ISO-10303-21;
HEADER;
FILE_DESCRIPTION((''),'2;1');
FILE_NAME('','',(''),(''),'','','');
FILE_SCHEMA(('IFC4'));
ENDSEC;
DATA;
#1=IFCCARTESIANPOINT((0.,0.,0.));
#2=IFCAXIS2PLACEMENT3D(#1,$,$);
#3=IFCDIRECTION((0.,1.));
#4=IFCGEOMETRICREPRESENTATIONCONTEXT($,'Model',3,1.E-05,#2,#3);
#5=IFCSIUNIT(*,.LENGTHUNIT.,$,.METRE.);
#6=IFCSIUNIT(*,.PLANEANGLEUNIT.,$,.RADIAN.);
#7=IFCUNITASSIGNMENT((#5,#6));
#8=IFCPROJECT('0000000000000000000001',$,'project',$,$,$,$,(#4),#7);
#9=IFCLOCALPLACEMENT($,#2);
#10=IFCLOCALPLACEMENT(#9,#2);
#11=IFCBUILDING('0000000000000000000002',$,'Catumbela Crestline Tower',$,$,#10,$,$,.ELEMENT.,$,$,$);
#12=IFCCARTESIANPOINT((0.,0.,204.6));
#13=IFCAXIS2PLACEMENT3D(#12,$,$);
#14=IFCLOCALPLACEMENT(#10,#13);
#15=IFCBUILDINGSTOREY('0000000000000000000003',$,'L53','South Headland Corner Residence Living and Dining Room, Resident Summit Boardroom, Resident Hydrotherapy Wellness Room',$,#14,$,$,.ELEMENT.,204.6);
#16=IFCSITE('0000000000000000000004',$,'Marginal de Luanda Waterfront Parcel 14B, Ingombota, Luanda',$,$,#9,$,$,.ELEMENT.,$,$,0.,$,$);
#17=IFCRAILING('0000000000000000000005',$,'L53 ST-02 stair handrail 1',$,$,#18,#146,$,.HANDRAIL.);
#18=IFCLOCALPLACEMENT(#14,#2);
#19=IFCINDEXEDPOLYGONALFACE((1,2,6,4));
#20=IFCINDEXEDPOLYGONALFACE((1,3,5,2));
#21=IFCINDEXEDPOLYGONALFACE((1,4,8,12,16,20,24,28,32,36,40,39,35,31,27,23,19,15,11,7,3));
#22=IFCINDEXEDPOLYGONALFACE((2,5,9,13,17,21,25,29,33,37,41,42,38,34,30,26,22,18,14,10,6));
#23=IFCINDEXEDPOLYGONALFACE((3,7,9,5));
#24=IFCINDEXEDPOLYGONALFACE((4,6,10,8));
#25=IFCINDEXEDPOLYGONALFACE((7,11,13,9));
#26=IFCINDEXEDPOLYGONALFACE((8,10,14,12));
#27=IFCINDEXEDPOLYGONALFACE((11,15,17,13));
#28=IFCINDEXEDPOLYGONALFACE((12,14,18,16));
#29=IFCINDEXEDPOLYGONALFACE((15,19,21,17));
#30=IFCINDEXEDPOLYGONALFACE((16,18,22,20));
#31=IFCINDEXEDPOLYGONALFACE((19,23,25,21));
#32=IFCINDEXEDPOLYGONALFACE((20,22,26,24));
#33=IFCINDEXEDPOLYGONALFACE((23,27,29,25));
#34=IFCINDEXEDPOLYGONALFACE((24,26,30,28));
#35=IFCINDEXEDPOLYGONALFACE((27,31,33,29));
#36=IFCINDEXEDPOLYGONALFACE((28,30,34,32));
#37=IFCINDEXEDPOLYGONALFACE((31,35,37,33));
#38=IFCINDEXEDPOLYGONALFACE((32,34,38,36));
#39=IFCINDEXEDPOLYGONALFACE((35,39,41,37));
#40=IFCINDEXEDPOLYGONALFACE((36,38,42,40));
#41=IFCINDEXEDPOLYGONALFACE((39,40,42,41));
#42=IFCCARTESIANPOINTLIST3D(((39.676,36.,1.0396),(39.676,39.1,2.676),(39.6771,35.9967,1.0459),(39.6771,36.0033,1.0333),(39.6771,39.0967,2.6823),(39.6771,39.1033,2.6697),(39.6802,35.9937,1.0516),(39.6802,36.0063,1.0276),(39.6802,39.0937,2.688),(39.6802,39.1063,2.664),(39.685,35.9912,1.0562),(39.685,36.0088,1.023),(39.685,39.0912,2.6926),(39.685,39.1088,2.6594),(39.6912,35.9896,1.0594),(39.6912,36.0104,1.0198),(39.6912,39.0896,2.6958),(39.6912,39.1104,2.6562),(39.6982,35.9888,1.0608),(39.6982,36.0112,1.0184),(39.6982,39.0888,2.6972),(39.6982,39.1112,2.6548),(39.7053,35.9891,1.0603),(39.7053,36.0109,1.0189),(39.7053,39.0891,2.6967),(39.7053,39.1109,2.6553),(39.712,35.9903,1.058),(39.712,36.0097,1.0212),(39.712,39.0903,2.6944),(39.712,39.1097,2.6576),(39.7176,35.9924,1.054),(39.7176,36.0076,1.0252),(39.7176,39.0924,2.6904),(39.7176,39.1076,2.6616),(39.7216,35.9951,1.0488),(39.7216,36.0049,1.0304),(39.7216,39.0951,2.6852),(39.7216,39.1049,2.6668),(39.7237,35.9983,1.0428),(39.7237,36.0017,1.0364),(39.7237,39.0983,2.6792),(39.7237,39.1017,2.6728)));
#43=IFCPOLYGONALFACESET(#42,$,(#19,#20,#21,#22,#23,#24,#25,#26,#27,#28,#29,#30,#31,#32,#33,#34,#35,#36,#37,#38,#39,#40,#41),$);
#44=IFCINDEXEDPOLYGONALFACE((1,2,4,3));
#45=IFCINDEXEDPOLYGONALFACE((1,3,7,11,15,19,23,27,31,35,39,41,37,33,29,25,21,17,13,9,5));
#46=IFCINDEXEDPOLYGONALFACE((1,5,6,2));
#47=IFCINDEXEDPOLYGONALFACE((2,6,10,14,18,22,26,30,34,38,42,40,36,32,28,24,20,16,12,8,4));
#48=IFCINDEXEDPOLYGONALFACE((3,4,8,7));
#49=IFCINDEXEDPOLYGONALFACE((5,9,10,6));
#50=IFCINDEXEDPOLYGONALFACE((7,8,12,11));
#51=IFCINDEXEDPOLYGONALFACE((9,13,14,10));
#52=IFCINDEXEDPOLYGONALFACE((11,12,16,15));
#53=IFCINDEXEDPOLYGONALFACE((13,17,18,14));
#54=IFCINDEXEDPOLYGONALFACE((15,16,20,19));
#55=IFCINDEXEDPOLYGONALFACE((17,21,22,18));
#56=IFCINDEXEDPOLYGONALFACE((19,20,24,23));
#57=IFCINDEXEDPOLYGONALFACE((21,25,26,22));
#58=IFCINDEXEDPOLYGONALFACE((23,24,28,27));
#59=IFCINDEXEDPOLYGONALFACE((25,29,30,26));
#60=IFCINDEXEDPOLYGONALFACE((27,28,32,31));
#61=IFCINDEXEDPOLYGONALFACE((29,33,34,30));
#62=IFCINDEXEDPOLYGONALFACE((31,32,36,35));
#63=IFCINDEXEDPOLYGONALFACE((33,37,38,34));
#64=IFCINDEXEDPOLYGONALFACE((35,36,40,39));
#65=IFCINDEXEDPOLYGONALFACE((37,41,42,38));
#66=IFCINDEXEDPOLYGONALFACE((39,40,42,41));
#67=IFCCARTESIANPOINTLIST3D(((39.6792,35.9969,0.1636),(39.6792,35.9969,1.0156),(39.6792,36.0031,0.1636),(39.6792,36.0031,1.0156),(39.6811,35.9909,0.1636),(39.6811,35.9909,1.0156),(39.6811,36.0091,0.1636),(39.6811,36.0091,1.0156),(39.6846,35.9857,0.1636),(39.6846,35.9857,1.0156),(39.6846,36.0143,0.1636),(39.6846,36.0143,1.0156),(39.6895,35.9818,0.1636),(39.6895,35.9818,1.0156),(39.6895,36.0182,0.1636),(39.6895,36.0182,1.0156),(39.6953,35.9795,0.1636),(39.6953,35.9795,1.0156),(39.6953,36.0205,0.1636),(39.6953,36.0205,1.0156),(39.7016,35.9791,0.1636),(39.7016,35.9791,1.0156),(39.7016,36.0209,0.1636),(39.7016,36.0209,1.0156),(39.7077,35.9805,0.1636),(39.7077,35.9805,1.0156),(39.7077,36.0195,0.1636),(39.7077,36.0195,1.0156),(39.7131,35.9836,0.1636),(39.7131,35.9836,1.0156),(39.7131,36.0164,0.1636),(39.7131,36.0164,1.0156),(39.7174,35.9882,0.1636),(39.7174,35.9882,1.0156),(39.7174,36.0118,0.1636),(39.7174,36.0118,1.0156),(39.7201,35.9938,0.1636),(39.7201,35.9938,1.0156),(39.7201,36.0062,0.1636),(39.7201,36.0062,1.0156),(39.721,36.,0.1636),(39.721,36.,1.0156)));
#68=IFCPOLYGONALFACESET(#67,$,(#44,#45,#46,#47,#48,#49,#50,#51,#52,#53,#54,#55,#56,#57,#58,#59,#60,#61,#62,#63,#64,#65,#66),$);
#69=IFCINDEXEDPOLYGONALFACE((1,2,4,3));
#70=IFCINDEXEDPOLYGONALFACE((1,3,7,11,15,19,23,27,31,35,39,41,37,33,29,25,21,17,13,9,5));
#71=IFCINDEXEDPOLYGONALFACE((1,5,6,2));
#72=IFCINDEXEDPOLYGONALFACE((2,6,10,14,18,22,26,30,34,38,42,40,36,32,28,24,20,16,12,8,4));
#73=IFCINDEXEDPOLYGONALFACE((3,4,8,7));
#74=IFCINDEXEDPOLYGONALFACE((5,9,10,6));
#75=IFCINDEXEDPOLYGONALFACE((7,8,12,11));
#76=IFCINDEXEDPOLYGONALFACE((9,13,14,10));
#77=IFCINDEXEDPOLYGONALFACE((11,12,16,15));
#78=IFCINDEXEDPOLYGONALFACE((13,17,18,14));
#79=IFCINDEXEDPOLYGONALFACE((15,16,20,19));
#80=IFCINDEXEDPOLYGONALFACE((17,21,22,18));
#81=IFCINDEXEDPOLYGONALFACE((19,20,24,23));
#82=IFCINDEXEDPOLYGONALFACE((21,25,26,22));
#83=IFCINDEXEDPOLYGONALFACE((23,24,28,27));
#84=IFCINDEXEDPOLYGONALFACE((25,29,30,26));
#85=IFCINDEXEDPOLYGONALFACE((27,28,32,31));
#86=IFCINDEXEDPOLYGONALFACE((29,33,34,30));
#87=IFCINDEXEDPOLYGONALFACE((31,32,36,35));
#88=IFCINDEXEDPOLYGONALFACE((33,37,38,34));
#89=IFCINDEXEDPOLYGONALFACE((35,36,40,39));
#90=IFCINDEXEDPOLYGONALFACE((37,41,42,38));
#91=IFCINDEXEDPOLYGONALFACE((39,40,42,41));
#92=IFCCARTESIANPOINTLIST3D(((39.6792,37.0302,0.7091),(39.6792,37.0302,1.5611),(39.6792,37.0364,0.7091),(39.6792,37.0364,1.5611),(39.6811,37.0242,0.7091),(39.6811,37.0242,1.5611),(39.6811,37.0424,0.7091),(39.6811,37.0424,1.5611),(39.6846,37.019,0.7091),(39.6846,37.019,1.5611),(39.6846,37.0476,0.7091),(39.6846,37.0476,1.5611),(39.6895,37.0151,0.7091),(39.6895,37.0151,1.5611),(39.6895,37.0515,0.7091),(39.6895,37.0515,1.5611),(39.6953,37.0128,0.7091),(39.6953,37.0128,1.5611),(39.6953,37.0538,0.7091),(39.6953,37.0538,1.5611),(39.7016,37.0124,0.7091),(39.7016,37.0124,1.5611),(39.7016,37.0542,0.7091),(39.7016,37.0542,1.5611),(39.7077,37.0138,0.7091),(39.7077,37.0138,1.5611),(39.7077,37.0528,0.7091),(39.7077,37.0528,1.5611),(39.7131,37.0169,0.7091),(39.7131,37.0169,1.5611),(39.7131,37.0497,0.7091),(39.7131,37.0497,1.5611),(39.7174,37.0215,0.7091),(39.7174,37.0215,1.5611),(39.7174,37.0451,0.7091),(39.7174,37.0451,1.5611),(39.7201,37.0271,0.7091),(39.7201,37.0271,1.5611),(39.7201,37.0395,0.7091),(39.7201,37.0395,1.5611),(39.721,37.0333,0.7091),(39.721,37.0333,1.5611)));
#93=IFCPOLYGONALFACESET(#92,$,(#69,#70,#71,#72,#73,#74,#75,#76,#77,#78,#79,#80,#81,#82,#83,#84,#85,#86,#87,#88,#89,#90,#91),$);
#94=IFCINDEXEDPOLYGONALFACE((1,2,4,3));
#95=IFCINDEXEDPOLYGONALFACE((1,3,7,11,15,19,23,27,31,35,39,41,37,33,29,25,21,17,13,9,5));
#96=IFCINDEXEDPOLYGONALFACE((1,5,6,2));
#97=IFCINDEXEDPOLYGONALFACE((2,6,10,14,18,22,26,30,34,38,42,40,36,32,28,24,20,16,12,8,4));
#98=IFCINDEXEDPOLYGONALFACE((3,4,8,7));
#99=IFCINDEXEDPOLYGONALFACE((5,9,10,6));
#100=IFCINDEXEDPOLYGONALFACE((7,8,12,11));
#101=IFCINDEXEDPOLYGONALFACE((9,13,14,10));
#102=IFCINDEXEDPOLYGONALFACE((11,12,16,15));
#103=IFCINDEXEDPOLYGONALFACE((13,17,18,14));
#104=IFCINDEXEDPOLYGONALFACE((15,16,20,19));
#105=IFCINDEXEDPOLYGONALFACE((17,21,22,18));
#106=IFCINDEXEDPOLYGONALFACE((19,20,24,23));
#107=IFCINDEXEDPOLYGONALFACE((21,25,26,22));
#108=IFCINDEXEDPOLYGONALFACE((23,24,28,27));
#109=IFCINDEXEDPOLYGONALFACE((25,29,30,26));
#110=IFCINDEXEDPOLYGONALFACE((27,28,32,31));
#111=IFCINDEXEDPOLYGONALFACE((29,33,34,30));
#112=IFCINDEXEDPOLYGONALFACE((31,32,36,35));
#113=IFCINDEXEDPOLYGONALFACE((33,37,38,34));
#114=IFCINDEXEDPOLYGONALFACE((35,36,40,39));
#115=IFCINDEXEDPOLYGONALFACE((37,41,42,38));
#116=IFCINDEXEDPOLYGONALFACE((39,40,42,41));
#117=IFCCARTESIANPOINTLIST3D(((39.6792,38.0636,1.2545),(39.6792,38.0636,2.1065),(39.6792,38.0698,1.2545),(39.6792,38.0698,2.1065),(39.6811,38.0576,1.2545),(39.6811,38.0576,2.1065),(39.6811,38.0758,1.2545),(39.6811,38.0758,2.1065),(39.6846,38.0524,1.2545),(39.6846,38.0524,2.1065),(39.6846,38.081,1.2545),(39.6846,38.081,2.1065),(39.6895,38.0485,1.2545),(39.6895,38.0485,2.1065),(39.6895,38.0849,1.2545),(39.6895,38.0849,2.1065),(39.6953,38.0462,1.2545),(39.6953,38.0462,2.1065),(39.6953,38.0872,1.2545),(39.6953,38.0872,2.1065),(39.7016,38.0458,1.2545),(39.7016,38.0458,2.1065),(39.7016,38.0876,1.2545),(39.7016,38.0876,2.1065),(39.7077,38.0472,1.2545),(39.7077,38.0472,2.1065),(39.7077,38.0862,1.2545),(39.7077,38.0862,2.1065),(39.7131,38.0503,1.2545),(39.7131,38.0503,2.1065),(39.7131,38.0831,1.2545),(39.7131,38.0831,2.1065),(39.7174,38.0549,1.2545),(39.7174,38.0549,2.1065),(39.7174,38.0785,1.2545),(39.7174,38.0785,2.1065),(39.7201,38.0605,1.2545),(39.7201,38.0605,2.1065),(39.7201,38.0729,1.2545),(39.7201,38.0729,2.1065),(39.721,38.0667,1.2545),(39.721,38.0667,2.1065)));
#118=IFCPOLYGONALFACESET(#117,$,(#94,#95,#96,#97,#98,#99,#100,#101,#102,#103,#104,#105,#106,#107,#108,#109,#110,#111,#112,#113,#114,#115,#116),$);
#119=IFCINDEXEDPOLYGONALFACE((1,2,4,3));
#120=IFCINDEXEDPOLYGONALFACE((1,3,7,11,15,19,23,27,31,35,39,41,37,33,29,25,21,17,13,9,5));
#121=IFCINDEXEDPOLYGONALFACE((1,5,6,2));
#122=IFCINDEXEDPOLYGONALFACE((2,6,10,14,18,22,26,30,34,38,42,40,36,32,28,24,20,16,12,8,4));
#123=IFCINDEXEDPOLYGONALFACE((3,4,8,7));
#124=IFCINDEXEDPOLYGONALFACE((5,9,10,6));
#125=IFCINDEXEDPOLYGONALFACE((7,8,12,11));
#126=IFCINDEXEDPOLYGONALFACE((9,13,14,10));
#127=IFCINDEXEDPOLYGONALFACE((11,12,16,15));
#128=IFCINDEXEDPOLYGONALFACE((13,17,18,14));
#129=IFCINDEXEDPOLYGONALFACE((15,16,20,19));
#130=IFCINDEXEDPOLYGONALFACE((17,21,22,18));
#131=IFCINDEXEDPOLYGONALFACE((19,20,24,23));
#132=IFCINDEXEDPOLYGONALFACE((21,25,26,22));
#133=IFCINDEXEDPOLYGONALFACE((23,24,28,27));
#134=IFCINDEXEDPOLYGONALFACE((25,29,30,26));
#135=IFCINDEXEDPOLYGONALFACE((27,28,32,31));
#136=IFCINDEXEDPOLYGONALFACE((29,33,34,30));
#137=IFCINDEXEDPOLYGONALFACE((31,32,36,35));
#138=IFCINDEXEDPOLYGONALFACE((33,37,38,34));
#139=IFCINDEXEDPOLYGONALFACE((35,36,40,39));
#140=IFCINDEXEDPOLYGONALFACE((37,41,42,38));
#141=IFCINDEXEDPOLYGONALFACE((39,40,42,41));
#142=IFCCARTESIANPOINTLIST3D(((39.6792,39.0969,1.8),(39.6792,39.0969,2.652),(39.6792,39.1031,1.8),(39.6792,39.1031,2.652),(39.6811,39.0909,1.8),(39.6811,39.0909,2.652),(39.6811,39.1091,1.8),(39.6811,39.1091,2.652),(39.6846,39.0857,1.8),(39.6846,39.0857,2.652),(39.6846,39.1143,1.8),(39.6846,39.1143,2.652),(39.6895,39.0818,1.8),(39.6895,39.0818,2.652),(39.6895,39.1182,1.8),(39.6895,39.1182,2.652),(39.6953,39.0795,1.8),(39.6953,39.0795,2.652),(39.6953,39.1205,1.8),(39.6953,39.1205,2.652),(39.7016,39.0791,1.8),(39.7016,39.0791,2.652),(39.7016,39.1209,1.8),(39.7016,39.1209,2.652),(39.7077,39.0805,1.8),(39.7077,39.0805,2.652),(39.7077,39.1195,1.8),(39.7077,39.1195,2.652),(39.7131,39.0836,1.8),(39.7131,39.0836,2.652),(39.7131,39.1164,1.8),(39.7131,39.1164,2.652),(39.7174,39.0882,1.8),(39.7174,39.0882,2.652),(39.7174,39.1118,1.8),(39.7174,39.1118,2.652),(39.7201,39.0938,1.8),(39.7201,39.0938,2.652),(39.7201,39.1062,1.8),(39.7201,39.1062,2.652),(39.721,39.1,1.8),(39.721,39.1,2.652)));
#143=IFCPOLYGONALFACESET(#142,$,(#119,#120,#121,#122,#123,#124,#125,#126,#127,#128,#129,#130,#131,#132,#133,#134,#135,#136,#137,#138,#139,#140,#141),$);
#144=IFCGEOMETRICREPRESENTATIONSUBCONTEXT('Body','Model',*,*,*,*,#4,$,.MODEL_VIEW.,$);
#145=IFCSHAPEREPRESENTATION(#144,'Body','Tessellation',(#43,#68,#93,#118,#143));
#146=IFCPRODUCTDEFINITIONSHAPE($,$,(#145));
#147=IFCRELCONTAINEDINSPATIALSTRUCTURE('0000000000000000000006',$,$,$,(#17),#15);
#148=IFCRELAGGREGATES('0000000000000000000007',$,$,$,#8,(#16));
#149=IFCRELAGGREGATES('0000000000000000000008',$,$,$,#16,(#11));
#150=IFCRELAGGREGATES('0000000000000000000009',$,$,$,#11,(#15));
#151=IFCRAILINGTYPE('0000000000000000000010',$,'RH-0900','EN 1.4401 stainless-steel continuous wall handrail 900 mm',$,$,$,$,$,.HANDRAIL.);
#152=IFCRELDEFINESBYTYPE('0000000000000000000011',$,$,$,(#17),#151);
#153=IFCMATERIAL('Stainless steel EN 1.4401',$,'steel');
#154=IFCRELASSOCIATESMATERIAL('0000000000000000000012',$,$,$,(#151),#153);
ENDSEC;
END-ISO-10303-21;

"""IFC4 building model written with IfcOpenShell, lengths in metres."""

from ifc_helpers import new_model, si_unit, direction, frame, origin, origin_2d, place, context, subcontext, project, spatial, circle, extrude, material, type_object, element, save


model = new_model("IFC4")

# Units and contexts
model_context = context("Model", 3, precision=1e-05, world=origin(), true_north=direction((0.0, 1.0)))
body_context = subcontext(model_context, "Body", "Model", "MODEL_VIEW")
ifc_project = project(units=[si_unit("LENGTHUNIT", "METRE"), si_unit("PLANEANGLEUNIT", "RADIAN")], contexts=[model_context])

# Site, building, storey
site_placement = place(None, origin())
site = spatial("IfcSite", under=ifc_project, at=site_placement, Name="Marginal de Luanda Waterfront Parcel 14B, Ingombota, Luanda", CompositionType="ELEMENT", RefElevation=0.0)
building_placement = place(site_placement, origin())
building = spatial("IfcBuilding", under=site, at=building_placement, Name="Catumbela Crestline Tower", CompositionType="ELEMENT")
storey_placement = place(building_placement, frame((0.0, 0.0, 204.6)))
storey = spatial("IfcBuildingStorey", under=building, at=storey_placement, Name="L53", Description="South Headland Corner Residence Living and Dining Room, Resident Summit Boardroom, Resident Hydrotherapy Wellness Room", CompositionType="ELEMENT", Elevation=204.6)

# Shared definitions
ifc_material_1 = material(Name="Stainless steel EN 1.4401", Category="steel")

# Railing
railing_type_1 = type_object("IfcRailingType", Name="RH-0900", Description="EN 1.4401 stainless-steel continuous wall handrail 900 mm", PredefinedType="HANDRAIL", material=ifc_material_1)
railing_1_placement = place(storey_placement, frame((39.7, 36.0, 0.1636)))
element("IfcRailing", 1, at=railing_1_placement, inside=storey, type_object=railing_type_1, Name="L53 ST-02 stair handrail 1", PredefinedType="HANDRAIL", context=body_context, shape_type="SweptSolid", body=[
    extrude(circle(Radius=0.024, at=origin_2d()), frame((0.0, 0.0, 0.876), z_axis=(0.0, 0.884351, 0.466823), x_axis=(-1.0, 0.0, 0.0)), (0.0, 0.0, 1.0), 3.5054),
    extrude(circle(Radius=0.021, at=origin_2d()), origin(), (0.0, 0.0, 1.0), 0.852),
    extrude(circle(Radius=0.021, at=origin_2d()), frame((0.0, 1.0333, 0.5455)), (0.0, 0.0, 1.0), 0.852),
    extrude(circle(Radius=0.021, at=origin_2d()), frame((0.0, 2.0667, 1.0909)), (0.0, 0.0, 1.0), 0.852),
    extrude(circle(Radius=0.021, at=origin_2d()), frame((0.0, 3.1, 1.6364)), (0.0, 0.0, 1.0), 0.852),
])

save(model, "model.ifc")
